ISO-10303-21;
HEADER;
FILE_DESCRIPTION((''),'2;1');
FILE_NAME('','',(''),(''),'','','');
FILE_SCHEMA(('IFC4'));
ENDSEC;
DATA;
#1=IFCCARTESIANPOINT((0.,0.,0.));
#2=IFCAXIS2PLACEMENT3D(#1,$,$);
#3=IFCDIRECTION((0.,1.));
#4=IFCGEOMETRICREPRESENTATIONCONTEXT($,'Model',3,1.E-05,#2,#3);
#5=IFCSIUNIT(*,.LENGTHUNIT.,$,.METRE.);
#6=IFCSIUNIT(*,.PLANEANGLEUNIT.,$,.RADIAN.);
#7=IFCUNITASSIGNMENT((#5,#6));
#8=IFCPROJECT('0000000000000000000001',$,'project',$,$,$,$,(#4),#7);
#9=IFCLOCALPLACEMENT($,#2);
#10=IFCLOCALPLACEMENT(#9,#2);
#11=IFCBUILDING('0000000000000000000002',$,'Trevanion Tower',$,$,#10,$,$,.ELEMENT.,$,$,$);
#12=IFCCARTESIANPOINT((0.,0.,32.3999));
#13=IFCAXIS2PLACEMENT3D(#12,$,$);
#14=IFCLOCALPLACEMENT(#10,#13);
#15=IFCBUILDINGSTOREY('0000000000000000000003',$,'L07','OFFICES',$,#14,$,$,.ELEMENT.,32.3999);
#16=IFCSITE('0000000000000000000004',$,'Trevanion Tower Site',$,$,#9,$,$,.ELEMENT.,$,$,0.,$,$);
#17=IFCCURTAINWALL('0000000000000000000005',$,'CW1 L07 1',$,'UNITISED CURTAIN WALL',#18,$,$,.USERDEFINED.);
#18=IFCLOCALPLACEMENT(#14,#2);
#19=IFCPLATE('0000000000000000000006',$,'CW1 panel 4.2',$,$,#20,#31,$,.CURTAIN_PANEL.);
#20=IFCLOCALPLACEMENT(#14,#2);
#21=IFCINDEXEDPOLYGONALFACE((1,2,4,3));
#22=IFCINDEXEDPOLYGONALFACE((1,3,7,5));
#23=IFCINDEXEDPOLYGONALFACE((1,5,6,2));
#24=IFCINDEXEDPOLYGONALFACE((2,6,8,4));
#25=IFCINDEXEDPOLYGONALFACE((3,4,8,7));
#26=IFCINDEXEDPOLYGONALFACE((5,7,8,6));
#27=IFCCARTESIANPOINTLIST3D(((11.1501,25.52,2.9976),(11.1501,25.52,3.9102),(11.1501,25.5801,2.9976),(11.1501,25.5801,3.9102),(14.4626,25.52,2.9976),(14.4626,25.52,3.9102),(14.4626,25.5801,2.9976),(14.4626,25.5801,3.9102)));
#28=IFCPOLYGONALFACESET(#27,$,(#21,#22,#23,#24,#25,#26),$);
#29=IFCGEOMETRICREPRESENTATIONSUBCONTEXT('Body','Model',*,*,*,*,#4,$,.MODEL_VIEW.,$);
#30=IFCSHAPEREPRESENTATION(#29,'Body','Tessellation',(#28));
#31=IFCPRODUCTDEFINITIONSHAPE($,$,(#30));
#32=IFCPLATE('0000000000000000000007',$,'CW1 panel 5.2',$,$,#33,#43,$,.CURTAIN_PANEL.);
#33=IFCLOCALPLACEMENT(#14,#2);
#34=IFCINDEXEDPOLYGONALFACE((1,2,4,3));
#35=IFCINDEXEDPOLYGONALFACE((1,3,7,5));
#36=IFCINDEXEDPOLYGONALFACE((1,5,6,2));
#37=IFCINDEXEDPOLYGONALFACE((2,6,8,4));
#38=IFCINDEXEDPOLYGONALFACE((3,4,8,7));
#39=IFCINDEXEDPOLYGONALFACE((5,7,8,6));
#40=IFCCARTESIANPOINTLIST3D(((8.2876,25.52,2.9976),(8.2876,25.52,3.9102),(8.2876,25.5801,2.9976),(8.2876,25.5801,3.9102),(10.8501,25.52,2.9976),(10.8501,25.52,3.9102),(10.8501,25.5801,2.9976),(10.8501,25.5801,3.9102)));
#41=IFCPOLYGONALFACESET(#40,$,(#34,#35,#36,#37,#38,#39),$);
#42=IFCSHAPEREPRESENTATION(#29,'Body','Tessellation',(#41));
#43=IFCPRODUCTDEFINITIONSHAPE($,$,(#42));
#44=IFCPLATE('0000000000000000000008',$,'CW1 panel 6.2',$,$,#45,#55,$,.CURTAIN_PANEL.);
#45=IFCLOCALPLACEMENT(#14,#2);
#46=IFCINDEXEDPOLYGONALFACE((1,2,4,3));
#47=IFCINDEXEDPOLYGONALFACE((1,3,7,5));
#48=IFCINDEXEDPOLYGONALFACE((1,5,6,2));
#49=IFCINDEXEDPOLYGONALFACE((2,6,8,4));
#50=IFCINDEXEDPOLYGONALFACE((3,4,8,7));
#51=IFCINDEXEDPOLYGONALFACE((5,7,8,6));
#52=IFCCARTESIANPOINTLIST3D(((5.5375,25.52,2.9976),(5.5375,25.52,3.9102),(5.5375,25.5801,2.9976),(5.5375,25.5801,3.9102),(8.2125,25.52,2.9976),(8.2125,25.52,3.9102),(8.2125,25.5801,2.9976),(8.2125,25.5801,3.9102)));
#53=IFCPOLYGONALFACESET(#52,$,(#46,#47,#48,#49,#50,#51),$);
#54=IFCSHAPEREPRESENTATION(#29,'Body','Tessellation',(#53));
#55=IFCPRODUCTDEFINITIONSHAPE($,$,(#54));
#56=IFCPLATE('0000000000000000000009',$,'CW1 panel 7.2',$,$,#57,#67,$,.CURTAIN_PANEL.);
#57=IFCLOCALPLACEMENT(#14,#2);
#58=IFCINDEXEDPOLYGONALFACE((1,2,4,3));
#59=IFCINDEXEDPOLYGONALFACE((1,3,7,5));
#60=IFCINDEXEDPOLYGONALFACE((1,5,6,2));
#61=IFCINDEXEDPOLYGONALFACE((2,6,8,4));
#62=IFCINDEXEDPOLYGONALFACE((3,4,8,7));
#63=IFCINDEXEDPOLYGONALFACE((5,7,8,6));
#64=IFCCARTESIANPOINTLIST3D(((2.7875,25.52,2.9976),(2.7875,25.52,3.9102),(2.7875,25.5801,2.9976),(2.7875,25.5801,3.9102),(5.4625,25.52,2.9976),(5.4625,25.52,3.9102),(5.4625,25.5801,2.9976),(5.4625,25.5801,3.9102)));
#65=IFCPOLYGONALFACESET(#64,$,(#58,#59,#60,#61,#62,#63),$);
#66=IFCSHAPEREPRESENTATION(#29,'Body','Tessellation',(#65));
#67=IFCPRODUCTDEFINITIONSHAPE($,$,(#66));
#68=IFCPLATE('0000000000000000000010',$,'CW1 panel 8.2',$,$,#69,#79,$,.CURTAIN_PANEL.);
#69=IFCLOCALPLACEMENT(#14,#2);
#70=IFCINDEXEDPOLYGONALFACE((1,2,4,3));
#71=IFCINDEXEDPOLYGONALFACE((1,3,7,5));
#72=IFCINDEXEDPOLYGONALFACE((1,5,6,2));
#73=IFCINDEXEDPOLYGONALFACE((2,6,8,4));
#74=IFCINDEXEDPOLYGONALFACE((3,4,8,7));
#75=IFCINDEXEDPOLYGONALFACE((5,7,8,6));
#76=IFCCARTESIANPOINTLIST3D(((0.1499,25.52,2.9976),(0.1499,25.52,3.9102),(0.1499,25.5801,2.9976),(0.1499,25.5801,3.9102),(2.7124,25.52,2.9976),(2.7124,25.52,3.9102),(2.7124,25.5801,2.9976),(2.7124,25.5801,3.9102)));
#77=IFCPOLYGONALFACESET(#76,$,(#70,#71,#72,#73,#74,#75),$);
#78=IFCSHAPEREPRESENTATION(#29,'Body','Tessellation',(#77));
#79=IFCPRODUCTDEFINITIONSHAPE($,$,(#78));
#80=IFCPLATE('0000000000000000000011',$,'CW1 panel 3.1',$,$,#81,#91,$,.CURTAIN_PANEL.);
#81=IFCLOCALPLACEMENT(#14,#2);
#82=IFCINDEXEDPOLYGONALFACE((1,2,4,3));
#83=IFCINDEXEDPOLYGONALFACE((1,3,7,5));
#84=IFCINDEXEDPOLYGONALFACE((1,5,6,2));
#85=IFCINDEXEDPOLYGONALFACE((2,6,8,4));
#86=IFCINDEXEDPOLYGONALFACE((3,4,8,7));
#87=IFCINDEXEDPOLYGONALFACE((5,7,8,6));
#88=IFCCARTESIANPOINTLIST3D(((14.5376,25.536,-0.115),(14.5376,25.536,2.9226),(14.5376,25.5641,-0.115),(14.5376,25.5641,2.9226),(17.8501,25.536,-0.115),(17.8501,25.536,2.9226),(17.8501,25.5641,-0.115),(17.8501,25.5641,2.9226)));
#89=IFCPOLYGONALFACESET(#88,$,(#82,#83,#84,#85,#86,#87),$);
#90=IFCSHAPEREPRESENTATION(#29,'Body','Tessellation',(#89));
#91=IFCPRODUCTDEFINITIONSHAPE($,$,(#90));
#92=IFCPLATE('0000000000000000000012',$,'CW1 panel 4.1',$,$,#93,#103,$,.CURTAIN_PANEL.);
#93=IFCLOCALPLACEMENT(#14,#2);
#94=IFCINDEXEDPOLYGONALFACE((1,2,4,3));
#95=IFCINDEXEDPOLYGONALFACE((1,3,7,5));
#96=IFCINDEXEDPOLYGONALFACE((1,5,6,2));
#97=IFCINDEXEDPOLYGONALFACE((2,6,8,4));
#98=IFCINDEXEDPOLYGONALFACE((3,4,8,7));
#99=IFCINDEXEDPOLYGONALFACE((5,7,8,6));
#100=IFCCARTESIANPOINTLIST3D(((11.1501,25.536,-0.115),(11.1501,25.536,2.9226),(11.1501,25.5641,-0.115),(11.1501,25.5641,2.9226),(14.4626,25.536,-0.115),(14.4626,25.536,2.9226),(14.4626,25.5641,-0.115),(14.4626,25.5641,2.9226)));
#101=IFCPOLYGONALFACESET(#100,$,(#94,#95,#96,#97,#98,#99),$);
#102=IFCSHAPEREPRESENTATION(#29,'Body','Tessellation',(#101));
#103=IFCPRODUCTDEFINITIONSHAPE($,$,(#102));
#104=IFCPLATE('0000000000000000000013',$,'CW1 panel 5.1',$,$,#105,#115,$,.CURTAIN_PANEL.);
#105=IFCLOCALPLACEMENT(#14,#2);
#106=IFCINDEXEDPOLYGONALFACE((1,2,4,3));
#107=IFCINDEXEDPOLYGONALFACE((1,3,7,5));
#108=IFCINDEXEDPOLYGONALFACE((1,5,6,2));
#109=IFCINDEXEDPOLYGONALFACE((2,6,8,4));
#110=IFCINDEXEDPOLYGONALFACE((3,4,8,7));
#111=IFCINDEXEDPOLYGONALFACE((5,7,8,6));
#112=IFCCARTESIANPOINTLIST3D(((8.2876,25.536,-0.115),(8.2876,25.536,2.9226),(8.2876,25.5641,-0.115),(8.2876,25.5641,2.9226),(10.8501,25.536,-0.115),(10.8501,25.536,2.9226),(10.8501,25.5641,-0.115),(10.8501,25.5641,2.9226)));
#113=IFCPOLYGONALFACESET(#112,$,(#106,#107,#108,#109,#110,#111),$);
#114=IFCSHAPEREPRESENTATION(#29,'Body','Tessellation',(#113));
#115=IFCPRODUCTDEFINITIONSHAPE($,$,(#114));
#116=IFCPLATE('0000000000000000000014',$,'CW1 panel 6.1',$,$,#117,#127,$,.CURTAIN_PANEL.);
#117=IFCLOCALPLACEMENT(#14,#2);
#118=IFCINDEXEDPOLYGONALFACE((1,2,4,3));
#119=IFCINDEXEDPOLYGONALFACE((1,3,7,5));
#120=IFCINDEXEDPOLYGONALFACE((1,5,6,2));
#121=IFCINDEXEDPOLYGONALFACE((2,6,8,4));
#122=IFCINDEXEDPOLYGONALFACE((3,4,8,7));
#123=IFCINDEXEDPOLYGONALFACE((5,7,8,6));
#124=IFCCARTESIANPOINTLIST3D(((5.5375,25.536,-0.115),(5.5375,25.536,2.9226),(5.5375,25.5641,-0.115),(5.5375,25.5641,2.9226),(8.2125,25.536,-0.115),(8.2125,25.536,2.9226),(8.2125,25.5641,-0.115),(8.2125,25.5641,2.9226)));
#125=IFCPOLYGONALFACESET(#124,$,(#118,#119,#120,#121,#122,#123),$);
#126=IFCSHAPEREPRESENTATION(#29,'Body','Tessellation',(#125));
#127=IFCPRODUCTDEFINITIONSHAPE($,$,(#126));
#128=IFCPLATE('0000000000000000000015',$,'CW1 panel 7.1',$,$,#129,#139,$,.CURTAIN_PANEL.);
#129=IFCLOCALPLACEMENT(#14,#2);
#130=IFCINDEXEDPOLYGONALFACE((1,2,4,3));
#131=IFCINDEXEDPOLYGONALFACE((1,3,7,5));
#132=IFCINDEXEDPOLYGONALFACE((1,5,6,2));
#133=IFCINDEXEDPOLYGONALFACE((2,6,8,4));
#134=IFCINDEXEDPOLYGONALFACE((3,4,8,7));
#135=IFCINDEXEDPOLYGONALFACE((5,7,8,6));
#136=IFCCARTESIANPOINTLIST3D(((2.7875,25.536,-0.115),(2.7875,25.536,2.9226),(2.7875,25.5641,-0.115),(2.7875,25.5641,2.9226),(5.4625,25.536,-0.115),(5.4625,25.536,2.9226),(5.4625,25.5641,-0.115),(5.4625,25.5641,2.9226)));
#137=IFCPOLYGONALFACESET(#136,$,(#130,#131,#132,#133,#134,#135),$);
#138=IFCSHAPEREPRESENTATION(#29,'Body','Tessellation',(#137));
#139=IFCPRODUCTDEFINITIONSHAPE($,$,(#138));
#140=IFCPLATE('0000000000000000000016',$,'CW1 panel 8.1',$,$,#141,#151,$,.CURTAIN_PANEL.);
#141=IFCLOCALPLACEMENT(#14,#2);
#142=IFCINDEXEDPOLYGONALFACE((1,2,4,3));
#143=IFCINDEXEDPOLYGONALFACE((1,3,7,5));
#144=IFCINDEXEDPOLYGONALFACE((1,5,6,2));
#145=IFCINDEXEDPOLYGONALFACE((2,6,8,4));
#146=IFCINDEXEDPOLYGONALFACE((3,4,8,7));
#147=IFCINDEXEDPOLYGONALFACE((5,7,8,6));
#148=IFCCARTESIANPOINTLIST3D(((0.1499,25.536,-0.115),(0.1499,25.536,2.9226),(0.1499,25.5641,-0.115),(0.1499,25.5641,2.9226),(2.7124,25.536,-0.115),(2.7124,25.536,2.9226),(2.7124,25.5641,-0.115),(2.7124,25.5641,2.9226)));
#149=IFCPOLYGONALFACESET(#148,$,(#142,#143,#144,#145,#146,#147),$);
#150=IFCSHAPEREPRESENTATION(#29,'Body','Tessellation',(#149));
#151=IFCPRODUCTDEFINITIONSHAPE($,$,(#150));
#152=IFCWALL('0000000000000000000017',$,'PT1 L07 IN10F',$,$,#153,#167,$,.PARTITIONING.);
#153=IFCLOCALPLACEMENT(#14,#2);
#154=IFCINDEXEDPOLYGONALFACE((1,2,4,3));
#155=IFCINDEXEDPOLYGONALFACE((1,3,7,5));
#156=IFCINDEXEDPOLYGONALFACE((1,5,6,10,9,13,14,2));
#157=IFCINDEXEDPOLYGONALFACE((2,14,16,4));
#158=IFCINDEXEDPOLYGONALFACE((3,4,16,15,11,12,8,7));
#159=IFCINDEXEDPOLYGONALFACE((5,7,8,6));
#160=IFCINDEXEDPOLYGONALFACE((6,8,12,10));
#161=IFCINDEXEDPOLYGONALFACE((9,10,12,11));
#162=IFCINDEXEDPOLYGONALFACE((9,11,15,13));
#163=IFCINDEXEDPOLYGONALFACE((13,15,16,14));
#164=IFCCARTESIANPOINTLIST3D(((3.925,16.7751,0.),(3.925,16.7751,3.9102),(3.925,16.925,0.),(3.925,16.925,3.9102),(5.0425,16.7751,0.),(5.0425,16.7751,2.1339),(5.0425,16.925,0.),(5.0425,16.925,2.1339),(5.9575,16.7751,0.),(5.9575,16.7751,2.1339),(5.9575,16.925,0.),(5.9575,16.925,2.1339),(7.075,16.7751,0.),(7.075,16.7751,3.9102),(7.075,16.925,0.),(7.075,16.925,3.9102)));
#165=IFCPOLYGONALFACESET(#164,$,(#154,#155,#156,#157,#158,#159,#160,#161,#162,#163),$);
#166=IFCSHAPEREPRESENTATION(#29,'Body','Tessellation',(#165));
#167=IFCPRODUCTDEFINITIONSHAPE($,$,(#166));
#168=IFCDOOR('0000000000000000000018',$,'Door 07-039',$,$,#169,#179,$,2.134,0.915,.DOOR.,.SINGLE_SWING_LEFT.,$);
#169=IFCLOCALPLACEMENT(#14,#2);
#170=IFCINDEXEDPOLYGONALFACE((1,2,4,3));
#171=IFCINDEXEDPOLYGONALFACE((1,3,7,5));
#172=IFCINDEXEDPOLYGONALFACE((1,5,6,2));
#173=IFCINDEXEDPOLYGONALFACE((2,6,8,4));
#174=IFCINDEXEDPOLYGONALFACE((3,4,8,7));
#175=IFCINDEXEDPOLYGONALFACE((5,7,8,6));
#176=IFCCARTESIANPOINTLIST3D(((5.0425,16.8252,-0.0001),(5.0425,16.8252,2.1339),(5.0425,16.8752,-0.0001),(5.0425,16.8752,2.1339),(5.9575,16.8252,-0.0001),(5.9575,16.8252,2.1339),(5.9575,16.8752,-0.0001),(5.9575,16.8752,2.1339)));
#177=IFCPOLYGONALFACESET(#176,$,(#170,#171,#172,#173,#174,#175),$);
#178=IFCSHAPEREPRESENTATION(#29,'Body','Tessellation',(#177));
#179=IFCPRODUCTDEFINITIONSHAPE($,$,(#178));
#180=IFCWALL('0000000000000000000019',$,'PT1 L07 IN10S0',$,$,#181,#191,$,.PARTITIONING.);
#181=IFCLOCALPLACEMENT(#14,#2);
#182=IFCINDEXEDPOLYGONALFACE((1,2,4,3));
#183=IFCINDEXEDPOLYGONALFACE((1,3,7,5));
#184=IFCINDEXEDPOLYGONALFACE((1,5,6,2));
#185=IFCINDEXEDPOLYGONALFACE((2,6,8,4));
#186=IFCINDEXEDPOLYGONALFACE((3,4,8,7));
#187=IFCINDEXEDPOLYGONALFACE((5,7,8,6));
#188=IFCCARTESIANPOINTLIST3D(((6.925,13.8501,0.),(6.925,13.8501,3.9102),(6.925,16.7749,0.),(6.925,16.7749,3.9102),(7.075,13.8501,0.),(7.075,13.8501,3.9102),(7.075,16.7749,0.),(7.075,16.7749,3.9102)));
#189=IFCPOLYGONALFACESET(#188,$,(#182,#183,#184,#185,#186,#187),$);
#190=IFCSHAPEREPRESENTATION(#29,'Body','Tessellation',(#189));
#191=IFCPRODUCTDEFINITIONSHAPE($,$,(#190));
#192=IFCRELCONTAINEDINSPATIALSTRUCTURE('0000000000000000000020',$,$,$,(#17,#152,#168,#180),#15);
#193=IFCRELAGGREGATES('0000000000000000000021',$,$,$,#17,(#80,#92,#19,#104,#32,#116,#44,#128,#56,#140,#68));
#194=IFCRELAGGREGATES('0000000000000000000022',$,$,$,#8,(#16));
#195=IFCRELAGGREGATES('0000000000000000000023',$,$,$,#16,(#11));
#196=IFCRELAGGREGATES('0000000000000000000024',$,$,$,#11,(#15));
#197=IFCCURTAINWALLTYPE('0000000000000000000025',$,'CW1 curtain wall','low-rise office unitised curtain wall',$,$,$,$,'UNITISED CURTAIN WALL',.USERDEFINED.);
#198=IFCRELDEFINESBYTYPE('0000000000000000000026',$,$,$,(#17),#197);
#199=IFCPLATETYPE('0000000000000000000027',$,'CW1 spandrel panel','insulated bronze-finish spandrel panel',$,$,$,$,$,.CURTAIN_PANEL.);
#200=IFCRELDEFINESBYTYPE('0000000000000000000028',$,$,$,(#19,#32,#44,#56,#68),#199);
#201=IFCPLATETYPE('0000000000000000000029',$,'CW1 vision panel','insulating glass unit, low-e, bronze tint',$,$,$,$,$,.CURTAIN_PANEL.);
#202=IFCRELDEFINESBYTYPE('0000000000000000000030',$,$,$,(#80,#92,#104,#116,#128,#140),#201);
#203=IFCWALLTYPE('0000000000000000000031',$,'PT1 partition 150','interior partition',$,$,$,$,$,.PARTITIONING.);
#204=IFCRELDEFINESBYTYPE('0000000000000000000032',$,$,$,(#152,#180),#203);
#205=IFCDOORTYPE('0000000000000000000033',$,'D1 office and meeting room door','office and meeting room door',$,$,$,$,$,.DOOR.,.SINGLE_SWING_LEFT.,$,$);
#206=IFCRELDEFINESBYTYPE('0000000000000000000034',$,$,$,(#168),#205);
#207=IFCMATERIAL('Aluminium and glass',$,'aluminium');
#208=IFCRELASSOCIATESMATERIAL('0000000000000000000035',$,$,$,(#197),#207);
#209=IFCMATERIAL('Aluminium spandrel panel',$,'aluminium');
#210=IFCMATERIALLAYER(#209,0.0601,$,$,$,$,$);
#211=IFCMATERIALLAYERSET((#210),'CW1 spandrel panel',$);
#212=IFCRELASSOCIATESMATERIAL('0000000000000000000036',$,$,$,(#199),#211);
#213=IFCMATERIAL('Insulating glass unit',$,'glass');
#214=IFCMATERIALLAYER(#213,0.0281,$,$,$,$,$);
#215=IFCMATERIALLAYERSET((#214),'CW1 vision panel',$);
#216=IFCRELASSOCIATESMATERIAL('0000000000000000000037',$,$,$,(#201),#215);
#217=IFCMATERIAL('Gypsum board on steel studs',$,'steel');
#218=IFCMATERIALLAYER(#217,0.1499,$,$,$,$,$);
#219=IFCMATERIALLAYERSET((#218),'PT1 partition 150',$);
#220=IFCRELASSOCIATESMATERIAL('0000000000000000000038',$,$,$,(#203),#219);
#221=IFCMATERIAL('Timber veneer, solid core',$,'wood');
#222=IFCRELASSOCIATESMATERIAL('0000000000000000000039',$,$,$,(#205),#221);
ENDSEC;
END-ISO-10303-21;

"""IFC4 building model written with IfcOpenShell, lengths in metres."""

from ifc_helpers import new_model, si_unit, direction, frame, frame_2d, origin, origin_2d, place, context, subcontext, project, spatial, rectangle, extrude, material, layer, layer_set, type_object, element, fill, aggregate, save


model = new_model("IFC4")

# Units and contexts
model_context = context("Model", 3, precision=1e-05, world=origin(), true_north=direction((0.0, 1.0)))
body_context = subcontext(model_context, "Body", "Model", "MODEL_VIEW")
ifc_project = project(units=[si_unit("LENGTHUNIT", "METRE"), si_unit("PLANEANGLEUNIT", "RADIAN")], contexts=[model_context])

# Site, building, storey
site_placement = place(None, origin())
site = spatial("IfcSite", under=ifc_project, at=site_placement, Name="Trevanion Tower Site", CompositionType="ELEMENT", RefElevation=0.0)
building_placement = place(site_placement, origin())
building = spatial("IfcBuilding", under=site, at=building_placement, Name="Trevanion Tower", CompositionType="ELEMENT")
storey_placement = place(building_placement, frame((0.0, 0.0, 32.3999)))
storey = spatial("IfcBuildingStorey", under=building, at=storey_placement, Name="L07", Description="OFFICES", CompositionType="ELEMENT", Elevation=32.3999)

# Curtain wall
ifc_material_1 = material(Name="Aluminium and glass", Category="aluminium")
curtain_wall_type = type_object("IfcCurtainWallType", Name="CW1 curtain wall", Description="low-rise office unitised curtain wall", ElementType="UNITISED CURTAIN WALL", PredefinedType="USERDEFINED", material=ifc_material_1)
curtain_wall_placement = place(storey_placement, origin())
curtain_wall = element("IfcCurtainWall", 1, at=curtain_wall_placement, inside=storey, type_object=curtain_wall_type, Name="CW1 L07 1", ObjectType="UNITISED CURTAIN WALL", PredefinedType="USERDEFINED")

# Plates
ifc_material_2 = material(Name="Aluminium spandrel panel", Category="aluminium")
ifc_layer_1 = layer(ifc_material_2, 0.0601)
ifc_layer_set_1 = layer_set([ifc_layer_1], Name="CW1 spandrel panel")
plate_type_1 = type_object("IfcPlateType", Name="CW1 spandrel panel", Description="insulated bronze-finish spandrel panel", PredefinedType="CURTAIN_PANEL", material=ifc_layer_set_1)
plate_1_placement = place(storey_placement, frame((12.8064, 25.55, 2.9976), z_axis=(0.0, 0.0, 1.0), x_axis=(-1.0, 0.0, 0.0)))
plate_1 = element("IfcPlate", 2, at=plate_1_placement, type_object=plate_type_1, Name="CW1 panel 4.2", PredefinedType="CURTAIN_PANEL", context=body_context, shape_type="SweptSolid", body=[
    extrude(rectangle(XDim=3.3125, YDim=0.0601, at=origin_2d()), origin(), (0.0, 0.0, 1.0), 0.9126),
])
plate_2_placement = place(storey_placement, frame((9.5688, 25.55, 2.9976), z_axis=(0.0, 0.0, 1.0), x_axis=(-1.0, 0.0, 0.0)))
plate_2 = element("IfcPlate", 3, at=plate_2_placement, type_object=plate_type_1, Name="CW1 panel 5.2", PredefinedType="CURTAIN_PANEL", context=body_context, shape_type="SweptSolid", body=[
    extrude(rectangle(XDim=2.5625, YDim=0.0601, at=origin_2d()), origin(), (0.0, 0.0, 1.0), 0.9126),
])
plate_3_placement = place(storey_placement, frame((6.875, 25.55, 2.9976), z_axis=(0.0, 0.0, 1.0), x_axis=(-1.0, 0.0, 0.0)))
plate_3 = element("IfcPlate", 4, at=plate_3_placement, type_object=plate_type_1, Name="CW1 panel 6.2", PredefinedType="CURTAIN_PANEL", context=body_context, shape_type="SweptSolid", body=[
    extrude(rectangle(XDim=2.675, YDim=0.0601, at=origin_2d()), origin(), (0.0, 0.0, 1.0), 0.9126),
])
plate_4_placement = place(storey_placement, frame((4.125, 25.55, 2.9976), z_axis=(0.0, 0.0, 1.0), x_axis=(-1.0, 0.0, 0.0)))
plate_4 = element("IfcPlate", 5, at=plate_4_placement, type_object=plate_type_1, Name="CW1 panel 7.2", PredefinedType="CURTAIN_PANEL", context=body_context, shape_type="SweptSolid", body=[
    extrude(rectangle(XDim=2.675, YDim=0.0601, at=origin_2d()), origin(), (0.0, 0.0, 1.0), 0.9126),
])
plate_5_placement = place(storey_placement, frame((1.4312, 25.55, 2.9976), z_axis=(0.0, 0.0, 1.0), x_axis=(-1.0, 0.0, 0.0)))
plate_5 = element("IfcPlate", 6, at=plate_5_placement, type_object=plate_type_1, Name="CW1 panel 8.2", PredefinedType="CURTAIN_PANEL", context=body_context, shape_type="SweptSolid", body=[
    extrude(rectangle(XDim=2.5625, YDim=0.0601, at=origin_2d()), origin(), (0.0, 0.0, 1.0), 0.9126),
])
ifc_material_3 = material(Name="Insulating glass unit", Category="glass")
ifc_layer_2 = layer(ifc_material_3, 0.0281)
ifc_layer_set_2 = layer_set([ifc_layer_2], Name="CW1 vision panel")
plate_type_2 = type_object("IfcPlateType", Name="CW1 vision panel", Description="insulating glass unit, low-e, bronze tint", PredefinedType="CURTAIN_PANEL", material=ifc_layer_set_2)
plate_6_placement = place(storey_placement, frame((16.1938, 25.55, -0.115), z_axis=(0.0, 0.0, 1.0), x_axis=(-1.0, 0.0, 0.0)))
plate_6 = element("IfcPlate", 7, at=plate_6_placement, type_object=plate_type_2, Name="CW1 panel 3.1", PredefinedType="CURTAIN_PANEL", context=body_context, shape_type="SweptSolid", body=[
    extrude(rectangle(XDim=3.3125, YDim=0.0281, at=origin_2d()), origin(), (0.0, 0.0, 1.0), 3.0376),
])
plate_7_placement = place(storey_placement, frame((12.8064, 25.55, -0.115), z_axis=(0.0, 0.0, 1.0), x_axis=(-1.0, 0.0, 0.0)))
plate_7 = element("IfcPlate", 8, at=plate_7_placement, type_object=plate_type_2, Name="CW1 panel 4.1", PredefinedType="CURTAIN_PANEL", context=body_context, shape_type="SweptSolid", body=[
    extrude(rectangle(XDim=3.3125, YDim=0.0281, at=origin_2d()), origin(), (0.0, 0.0, 1.0), 3.0376),
])
plate_8_placement = place(storey_placement, frame((9.5688, 25.55, -0.115), z_axis=(0.0, 0.0, 1.0), x_axis=(-1.0, 0.0, 0.0)))
plate_8 = element("IfcPlate", 9, at=plate_8_placement, type_object=plate_type_2, Name="CW1 panel 5.1", PredefinedType="CURTAIN_PANEL", context=body_context, shape_type="SweptSolid", body=[
    extrude(rectangle(XDim=2.5625, YDim=0.0281, at=origin_2d()), origin(), (0.0, 0.0, 1.0), 3.0376),
])
plate_9_placement = place(storey_placement, frame((6.875, 25.55, -0.115), z_axis=(0.0, 0.0, 1.0), x_axis=(-1.0, 0.0, 0.0)))
plate_9 = element("IfcPlate", 10, at=plate_9_placement, type_object=plate_type_2, Name="CW1 panel 6.1", PredefinedType="CURTAIN_PANEL", context=body_context, shape_type="SweptSolid", body=[
    extrude(rectangle(XDim=2.675, YDim=0.0281, at=origin_2d()), origin(), (0.0, 0.0, 1.0), 3.0376),
])
plate_10_placement = place(storey_placement, frame((4.125, 25.55, -0.115), z_axis=(0.0, 0.0, 1.0), x_axis=(-1.0, 0.0, 0.0)))
plate_10 = element("IfcPlate", 11, at=plate_10_placement, type_object=plate_type_2, Name="CW1 panel 7.1", PredefinedType="CURTAIN_PANEL", context=body_context, shape_type="SweptSolid", body=[
    extrude(rectangle(XDim=2.675, YDim=0.0281, at=origin_2d()), origin(), (0.0, 0.0, 1.0), 3.0376),
])
plate_11_placement = place(storey_placement, frame((1.4312, 25.55, -0.115), z_axis=(0.0, 0.0, 1.0), x_axis=(-1.0, 0.0, 0.0)))
plate_11 = element("IfcPlate", 12, at=plate_11_placement, type_object=plate_type_2, Name="CW1 panel 8.1", PredefinedType="CURTAIN_PANEL", context=body_context, shape_type="SweptSolid", body=[
    extrude(rectangle(XDim=2.5625, YDim=0.0281, at=origin_2d()), origin(), (0.0, 0.0, 1.0), 3.0376),
])
aggregate(curtain_wall, [plate_6, plate_7, plate_1, plate_8, plate_2, plate_9, plate_3, plate_10, plate_4, plate_11, plate_5])

# Wall, opening, door
ifc_material_4 = material(Name="Gypsum board on steel studs", Category="steel")
ifc_layer_3 = layer(ifc_material_4, 0.1499)
ifc_layer_set_3 = layer_set([ifc_layer_3], Name="PT1 partition 150")
wall_type_1 = type_object("IfcWallType", Name="PT1 partition 150", Description="interior partition", PredefinedType="PARTITIONING", material=ifc_layer_set_3)
wall_1_placement = place(storey_placement, frame((7.075, 16.8501, 0.0), z_axis=(0.0, 0.0, 1.0), x_axis=(-1.0, 0.0, 0.0)))
wall_1 = element("IfcWall", 13, at=wall_1_placement, inside=storey, type_object=wall_type_1, Name="PT1 L07 IN10F", PredefinedType="PARTITIONING", context=body_context, shape_type="SweptSolid", body=[
    extrude(rectangle(XDim=3.1499, YDim=0.1499, at=frame_2d((1.575, 0.0))), origin(), (0.0, 0.0, 1.0), 3.9102),
])
opening_placement = place(wall_1_placement, frame((1.1174, 0.0, 0.0)))
opening = element("IfcOpeningElement", 14, at=opening_placement, cuts=wall_1, PredefinedType="OPENING", context=body_context, shape_type="SweptSolid", body=[
    extrude(rectangle(XDim=0.915, YDim=2.134, at=frame_2d((0.4575, 1.0669))), frame((0.0, 0.085, 0.0), z_axis=(0.0, -1.0, 0.0), x_axis=(1.0, 0.0, 0.0)), (0.0, 0.0, 1.0), 0.1699),
])
ifc_material_5 = material(Name="Timber veneer, solid core", Category="wood")
door_type = type_object("IfcDoorType", Name="D1 office and meeting room door", Description="office and meeting room door", OperationType="SINGLE_SWING_LEFT", PredefinedType="DOOR", material=ifc_material_5)
door_placement = place(opening_placement, origin())
door = element("IfcDoor", 15, at=door_placement, inside=storey, type_object=door_type, Name="Door 07-039", OperationType="SINGLE_SWING_LEFT", OverallHeight=2.134, OverallWidth=0.915, PredefinedType="DOOR", context=body_context, shape_type="SweptSolid", body=[
    extrude(rectangle(XDim=0.915, YDim=2.134, at=frame_2d((0.4575, 1.0669))), frame((0.0, 0.0249, 0.0), z_axis=(0.0, -1.0, 0.0), x_axis=(1.0, 0.0, 0.0)), (0.0, 0.0, 1.0), 0.05),
])
fill(opening, door)

# Wall
for number, where, z_axis, x_axis, name in (
    (16, (7.0, 16.7749, 0.0), (0.0, 0.0, 1.0), (0.0, -1.0, 0.0), "PT1 L07 IN10S0"),
):
    element("IfcWall", number, at=place(storey_placement, frame(where, z_axis=z_axis, x_axis=x_axis)), inside=storey, type_object=wall_type_1, Name=name, PredefinedType="PARTITIONING", context=body_context, shape_type="SweptSolid", body=[
        extrude(rectangle(XDim=2.9248, YDim=0.1499, at=frame_2d((1.4624, 0.0))), origin(), (0.0, 0.0, 1.0), 3.9102),
    ])

save(model, "model.ifc")
